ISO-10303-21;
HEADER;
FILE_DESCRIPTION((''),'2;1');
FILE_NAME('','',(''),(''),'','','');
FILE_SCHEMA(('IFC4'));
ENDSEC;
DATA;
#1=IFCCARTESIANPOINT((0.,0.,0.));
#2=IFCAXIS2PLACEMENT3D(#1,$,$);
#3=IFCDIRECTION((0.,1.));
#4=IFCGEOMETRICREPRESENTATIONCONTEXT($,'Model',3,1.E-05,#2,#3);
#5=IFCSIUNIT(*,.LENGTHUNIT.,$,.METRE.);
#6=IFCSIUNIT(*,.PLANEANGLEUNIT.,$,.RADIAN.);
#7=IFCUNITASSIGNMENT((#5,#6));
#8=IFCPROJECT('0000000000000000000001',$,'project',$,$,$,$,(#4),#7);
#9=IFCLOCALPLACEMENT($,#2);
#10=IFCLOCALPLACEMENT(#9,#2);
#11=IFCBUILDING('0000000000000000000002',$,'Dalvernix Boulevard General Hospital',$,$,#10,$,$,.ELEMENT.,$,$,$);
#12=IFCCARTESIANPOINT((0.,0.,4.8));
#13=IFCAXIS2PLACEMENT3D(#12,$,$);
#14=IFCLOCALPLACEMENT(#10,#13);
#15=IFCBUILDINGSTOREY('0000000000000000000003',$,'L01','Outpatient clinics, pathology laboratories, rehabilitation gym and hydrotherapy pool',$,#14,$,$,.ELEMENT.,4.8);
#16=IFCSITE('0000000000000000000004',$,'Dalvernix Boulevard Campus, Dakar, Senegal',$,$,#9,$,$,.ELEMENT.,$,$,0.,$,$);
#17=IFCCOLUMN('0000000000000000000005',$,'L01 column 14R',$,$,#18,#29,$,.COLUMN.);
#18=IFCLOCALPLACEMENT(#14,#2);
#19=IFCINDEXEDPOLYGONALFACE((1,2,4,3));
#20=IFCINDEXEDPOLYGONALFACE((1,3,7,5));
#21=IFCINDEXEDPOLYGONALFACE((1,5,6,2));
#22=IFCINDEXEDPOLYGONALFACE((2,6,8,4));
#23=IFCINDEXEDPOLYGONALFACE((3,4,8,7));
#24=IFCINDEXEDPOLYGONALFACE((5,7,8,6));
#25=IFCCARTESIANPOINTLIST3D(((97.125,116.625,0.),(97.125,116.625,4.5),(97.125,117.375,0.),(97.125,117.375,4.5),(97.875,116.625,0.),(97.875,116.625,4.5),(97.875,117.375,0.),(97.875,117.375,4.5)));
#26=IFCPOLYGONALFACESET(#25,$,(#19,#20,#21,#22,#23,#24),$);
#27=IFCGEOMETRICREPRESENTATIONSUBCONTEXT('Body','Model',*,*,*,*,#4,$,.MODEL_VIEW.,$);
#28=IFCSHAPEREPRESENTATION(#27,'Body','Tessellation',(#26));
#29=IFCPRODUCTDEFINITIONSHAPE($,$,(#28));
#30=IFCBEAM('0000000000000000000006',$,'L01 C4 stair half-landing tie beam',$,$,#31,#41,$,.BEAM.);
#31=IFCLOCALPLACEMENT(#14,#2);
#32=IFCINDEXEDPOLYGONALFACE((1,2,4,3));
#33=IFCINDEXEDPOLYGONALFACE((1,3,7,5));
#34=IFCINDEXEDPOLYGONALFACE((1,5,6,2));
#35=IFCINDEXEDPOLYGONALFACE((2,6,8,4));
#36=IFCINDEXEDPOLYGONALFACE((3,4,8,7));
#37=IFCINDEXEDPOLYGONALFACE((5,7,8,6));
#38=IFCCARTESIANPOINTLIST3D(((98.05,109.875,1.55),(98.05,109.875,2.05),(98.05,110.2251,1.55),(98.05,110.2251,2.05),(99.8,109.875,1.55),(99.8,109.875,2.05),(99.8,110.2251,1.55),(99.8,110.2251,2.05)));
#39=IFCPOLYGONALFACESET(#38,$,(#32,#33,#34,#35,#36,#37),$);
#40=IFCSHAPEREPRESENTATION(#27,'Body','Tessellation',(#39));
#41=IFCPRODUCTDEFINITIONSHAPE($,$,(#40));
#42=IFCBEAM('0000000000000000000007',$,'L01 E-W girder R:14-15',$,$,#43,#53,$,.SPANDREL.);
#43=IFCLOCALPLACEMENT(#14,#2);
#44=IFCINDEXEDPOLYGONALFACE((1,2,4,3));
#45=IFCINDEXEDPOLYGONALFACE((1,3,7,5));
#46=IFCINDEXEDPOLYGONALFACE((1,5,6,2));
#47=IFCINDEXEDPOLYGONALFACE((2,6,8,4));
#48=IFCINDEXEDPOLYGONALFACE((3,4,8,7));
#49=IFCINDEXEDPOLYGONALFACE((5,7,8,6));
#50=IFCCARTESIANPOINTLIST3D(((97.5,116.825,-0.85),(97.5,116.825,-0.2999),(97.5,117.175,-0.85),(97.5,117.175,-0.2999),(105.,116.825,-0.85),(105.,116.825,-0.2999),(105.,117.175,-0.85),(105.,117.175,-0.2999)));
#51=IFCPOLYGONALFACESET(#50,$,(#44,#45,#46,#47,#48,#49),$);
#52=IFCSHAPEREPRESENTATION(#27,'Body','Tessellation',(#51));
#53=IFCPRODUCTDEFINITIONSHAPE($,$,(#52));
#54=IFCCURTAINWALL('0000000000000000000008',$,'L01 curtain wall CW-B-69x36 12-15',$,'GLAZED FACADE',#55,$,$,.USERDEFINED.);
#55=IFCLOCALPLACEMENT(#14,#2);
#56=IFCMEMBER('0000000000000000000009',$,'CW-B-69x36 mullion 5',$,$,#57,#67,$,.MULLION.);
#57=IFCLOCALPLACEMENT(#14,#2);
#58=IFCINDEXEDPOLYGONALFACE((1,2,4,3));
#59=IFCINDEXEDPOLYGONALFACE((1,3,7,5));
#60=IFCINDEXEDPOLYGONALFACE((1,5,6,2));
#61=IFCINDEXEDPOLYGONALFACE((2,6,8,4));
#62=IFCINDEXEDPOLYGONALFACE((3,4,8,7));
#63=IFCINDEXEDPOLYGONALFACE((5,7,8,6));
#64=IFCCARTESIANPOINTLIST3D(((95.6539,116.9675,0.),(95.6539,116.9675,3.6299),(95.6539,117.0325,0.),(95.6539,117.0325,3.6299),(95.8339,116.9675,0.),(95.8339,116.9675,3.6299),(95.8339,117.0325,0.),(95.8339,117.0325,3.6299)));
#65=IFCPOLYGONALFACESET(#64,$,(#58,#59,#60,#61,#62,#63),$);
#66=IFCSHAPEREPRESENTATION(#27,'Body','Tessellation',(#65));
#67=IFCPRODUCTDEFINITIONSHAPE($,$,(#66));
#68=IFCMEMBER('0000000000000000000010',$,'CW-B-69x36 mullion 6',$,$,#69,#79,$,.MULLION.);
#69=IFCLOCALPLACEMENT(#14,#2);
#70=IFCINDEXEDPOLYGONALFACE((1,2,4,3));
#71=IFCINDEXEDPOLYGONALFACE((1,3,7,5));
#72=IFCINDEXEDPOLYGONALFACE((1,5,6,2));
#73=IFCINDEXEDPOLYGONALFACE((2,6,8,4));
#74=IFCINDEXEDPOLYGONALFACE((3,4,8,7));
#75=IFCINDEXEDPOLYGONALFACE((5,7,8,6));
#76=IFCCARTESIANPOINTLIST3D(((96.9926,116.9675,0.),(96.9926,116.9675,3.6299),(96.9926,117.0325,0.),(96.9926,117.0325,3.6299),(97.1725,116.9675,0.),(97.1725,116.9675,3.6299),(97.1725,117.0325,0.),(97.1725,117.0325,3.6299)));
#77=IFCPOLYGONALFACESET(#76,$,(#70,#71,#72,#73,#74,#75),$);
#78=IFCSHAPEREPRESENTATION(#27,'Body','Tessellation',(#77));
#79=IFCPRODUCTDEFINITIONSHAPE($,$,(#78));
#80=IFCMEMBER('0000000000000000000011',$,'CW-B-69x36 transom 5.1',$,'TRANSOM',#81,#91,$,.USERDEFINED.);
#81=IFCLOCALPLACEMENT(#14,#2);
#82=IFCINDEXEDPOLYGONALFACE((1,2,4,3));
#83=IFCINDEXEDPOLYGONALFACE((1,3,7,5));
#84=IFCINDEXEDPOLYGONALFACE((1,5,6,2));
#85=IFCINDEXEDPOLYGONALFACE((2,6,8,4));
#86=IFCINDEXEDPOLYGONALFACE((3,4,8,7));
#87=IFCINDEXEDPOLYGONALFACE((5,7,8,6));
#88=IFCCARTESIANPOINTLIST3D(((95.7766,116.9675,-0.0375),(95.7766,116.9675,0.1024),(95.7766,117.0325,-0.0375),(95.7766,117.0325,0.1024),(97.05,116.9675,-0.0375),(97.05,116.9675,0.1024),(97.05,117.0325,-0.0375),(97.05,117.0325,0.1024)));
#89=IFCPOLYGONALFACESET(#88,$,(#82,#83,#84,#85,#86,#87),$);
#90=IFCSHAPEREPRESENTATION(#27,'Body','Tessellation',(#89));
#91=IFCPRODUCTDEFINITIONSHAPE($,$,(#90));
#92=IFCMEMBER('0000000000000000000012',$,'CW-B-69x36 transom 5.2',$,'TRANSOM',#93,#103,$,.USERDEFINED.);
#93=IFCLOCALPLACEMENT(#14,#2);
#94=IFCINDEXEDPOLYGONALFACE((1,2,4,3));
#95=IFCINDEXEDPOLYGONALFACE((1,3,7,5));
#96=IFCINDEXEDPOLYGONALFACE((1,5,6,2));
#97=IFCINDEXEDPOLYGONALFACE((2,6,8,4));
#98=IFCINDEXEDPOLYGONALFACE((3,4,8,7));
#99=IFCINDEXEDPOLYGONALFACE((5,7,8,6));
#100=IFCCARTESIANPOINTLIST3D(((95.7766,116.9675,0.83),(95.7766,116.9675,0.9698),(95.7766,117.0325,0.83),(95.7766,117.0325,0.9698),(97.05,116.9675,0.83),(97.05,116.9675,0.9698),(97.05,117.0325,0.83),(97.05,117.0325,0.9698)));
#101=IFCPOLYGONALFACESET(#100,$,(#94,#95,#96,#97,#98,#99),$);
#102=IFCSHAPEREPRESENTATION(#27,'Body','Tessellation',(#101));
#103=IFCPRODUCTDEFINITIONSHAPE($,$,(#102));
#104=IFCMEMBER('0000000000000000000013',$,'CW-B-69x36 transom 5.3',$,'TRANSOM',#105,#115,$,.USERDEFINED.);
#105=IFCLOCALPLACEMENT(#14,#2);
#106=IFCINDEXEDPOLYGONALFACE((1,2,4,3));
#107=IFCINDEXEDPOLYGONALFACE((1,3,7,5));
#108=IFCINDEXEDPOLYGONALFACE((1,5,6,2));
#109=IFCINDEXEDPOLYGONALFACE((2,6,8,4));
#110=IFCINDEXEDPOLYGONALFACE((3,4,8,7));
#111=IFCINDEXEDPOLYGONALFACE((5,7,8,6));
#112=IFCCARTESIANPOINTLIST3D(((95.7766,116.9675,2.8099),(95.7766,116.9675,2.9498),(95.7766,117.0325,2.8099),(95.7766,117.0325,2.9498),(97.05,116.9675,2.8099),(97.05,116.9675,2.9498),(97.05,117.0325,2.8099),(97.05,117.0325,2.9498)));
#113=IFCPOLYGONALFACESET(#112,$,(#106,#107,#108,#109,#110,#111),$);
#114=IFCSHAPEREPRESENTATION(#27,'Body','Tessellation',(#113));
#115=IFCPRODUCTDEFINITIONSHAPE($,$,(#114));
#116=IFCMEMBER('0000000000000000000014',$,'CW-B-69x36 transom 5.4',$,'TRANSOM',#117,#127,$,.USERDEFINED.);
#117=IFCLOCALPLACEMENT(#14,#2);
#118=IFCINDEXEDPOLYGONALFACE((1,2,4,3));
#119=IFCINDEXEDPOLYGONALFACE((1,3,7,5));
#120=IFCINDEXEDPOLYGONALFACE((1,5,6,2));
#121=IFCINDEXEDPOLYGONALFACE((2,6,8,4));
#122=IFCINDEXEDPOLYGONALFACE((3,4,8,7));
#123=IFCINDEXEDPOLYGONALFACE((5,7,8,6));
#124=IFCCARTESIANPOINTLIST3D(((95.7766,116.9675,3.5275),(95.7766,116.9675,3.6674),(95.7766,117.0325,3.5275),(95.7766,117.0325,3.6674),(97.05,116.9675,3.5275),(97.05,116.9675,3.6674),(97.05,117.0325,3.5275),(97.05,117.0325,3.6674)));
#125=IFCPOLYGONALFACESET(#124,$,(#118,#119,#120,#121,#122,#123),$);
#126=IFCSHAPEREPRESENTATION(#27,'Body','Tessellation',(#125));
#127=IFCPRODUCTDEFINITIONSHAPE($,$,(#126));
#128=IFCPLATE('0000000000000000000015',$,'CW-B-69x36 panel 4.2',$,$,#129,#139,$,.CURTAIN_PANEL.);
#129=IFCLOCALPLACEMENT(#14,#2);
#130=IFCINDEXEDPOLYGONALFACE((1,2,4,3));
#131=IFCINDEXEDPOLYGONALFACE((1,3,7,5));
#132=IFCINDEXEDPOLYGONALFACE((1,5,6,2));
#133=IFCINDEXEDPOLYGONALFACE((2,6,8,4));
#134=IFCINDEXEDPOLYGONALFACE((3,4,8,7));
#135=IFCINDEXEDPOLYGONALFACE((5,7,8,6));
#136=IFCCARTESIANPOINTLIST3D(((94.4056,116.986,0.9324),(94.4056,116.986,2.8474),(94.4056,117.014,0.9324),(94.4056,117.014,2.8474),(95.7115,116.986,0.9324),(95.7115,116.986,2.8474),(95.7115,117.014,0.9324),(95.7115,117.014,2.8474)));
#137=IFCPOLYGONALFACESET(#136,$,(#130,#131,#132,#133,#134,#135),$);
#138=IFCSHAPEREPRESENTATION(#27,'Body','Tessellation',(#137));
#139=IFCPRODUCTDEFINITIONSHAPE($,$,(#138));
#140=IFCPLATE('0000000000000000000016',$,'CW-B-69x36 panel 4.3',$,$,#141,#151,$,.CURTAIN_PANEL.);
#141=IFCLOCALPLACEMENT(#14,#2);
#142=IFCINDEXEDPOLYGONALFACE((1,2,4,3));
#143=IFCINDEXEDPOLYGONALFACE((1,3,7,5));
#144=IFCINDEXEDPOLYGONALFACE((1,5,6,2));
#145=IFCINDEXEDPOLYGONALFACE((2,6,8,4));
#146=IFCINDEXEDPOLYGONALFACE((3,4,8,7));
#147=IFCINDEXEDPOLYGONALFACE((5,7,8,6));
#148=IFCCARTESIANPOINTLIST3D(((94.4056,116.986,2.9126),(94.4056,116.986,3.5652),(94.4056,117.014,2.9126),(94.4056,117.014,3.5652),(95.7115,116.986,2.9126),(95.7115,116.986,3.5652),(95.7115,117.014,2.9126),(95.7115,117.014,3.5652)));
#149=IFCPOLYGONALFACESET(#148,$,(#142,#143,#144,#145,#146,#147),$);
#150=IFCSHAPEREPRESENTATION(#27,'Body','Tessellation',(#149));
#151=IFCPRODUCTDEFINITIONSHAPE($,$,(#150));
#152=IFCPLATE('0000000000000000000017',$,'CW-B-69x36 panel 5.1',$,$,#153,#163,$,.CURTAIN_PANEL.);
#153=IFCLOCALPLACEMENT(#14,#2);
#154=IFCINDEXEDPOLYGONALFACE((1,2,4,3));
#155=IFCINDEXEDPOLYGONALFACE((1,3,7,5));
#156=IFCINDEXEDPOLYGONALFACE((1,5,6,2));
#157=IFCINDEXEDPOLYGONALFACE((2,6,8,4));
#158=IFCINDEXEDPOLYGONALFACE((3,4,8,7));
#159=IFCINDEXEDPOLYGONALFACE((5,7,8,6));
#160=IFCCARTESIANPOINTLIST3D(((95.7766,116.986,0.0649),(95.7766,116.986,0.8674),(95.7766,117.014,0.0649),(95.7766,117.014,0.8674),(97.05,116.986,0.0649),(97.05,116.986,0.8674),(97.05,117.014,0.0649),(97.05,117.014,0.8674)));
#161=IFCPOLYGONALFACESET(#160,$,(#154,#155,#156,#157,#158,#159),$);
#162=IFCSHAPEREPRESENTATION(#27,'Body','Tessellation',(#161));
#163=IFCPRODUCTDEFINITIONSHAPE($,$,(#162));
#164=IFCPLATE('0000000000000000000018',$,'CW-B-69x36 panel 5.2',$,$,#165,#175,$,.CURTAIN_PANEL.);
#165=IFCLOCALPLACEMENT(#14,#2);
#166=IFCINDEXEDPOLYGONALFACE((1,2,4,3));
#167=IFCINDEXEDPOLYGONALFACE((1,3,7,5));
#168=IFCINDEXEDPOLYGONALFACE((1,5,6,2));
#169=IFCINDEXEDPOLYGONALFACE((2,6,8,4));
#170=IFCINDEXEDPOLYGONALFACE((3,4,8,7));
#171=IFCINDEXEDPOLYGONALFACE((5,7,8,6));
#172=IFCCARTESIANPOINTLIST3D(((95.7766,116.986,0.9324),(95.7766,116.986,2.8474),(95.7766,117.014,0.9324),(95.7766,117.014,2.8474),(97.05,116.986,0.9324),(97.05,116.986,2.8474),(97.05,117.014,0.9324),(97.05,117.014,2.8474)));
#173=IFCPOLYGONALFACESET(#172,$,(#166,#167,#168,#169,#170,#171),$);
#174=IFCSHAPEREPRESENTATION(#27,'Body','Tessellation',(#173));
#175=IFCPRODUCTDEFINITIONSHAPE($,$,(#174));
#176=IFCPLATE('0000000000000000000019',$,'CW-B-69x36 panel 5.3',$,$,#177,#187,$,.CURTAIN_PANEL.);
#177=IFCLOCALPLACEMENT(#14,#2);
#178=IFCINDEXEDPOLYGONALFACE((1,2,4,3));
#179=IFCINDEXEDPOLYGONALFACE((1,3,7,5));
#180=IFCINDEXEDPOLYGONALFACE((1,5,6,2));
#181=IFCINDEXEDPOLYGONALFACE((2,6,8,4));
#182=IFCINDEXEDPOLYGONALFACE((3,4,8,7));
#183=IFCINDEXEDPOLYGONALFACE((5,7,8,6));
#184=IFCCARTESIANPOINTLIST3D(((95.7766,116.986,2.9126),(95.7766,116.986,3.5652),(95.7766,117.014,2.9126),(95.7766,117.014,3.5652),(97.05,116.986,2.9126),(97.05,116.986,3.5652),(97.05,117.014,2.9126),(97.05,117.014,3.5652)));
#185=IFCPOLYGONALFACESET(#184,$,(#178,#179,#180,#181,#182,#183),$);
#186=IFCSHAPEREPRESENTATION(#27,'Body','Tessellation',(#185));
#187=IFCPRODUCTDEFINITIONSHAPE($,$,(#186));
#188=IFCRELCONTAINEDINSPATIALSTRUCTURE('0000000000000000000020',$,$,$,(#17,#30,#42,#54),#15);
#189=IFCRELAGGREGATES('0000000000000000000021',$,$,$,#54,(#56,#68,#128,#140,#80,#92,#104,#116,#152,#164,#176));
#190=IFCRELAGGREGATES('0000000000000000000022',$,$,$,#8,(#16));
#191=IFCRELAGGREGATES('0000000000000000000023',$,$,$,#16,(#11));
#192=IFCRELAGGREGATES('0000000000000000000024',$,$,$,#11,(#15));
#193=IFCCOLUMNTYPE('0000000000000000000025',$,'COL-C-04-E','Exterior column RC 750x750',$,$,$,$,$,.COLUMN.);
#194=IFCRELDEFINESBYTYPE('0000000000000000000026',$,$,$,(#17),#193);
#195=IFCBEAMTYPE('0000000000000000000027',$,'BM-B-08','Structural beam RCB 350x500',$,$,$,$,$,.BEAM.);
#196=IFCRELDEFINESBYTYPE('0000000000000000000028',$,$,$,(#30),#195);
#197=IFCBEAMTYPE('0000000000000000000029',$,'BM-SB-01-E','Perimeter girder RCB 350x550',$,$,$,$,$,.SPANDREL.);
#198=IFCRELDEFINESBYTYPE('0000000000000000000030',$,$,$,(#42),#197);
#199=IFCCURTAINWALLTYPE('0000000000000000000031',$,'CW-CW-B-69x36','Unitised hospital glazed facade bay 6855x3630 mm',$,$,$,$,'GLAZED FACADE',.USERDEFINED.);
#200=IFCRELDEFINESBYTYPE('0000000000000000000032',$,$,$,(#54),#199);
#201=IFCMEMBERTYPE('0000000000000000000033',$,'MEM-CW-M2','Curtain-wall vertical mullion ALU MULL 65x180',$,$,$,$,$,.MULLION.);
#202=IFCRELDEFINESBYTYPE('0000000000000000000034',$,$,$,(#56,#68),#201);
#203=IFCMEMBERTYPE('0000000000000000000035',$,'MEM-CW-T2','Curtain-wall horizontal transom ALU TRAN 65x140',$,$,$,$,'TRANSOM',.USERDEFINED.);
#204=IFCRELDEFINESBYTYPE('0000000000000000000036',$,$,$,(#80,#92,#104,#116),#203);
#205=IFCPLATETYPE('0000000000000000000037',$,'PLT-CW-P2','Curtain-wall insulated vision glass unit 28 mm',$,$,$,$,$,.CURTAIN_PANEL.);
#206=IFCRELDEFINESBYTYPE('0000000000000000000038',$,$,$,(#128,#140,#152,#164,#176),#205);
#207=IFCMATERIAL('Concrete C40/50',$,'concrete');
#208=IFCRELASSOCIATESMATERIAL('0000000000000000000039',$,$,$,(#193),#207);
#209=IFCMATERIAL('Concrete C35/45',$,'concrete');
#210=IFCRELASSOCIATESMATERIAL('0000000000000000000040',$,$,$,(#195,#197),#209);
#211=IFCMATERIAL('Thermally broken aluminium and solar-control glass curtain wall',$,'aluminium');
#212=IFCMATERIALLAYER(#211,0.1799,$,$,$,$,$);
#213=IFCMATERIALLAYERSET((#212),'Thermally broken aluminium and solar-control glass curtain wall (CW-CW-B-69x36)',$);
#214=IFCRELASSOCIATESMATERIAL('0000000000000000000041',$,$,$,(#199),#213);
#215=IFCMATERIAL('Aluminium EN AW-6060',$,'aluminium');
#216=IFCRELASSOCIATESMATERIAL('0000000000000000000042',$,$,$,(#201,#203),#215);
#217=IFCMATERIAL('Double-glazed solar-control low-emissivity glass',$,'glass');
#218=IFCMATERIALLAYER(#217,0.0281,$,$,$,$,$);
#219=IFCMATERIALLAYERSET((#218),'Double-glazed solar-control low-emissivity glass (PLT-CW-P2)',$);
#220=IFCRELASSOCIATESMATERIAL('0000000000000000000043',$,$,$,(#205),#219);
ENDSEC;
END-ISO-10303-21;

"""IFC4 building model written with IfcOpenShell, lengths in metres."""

from ifc_helpers import new_model, si_unit, direction, frame, origin, origin_2d, place, context, subcontext, project, spatial, rectangle, extrude, material, layer, layer_set, material_profile, profile_set, type_object, element, aggregate, save


model = new_model("IFC4")

# Units and contexts
model_context = context("Model", 3, precision=1e-05, world=origin(), true_north=direction((0.0, 1.0)))
body_context = subcontext(model_context, "Body", "Model", "MODEL_VIEW")
ifc_project = project(units=[si_unit("LENGTHUNIT", "METRE"), si_unit("PLANEANGLEUNIT", "RADIAN")], contexts=[model_context])

# Site, building, storey
site_placement = place(None, origin())
site = spatial("IfcSite", under=ifc_project, at=site_placement, Name="Dalvernix Boulevard Campus, Dakar, Senegal", CompositionType="ELEMENT", RefElevation=0.0)
building_placement = place(site_placement, origin())
building = spatial("IfcBuilding", under=site, at=building_placement, Name="Dalvernix Boulevard General Hospital", CompositionType="ELEMENT")
storey_placement = place(building_placement, frame((0.0, 0.0, 4.8)))
storey = spatial("IfcBuildingStorey", under=building, at=storey_placement, Name="L01", Description="Outpatient clinics, pathology laboratories, rehabilitation gym and hydrotherapy pool", CompositionType="ELEMENT", Elevation=4.8)

# Column
ifc_material_1 = material(Name="Concrete C40/50", Category="concrete")
ifc_material_profile_1 = material_profile(ifc_material_1, rectangle(XDim=0.75, YDim=0.75, at=origin_2d()), Name="RC 750x750")
ifc_profile_set_1 = profile_set([ifc_material_profile_1], Name="Concrete C40/50")
column_type = type_object("IfcColumnType", Name="COL-C-04-E", Description="Exterior column RC 750x750", PredefinedType="COLUMN", material=ifc_profile_set_1)
column_placement = place(storey_placement, frame((97.5, 117.0, 0.0), z_axis=(0.0, 0.0, 1.0), x_axis=(1.0, 0.0, 0.0)))
element("IfcColumn", 1, at=column_placement, inside=storey, type_object=column_type, Name="L01 column 14R", PredefinedType="COLUMN", context=body_context, shape_type="SweptSolid", body=[
    extrude(rectangle(XDim=0.75, YDim=0.75, at=origin_2d()), origin(), (0.0, 0.0, 1.0), 4.5),
])

# Beams
ifc_material_2 = material(Name="Concrete C35/45", Category="concrete")
ifc_material_profile_2 = material_profile(ifc_material_2, rectangle(XDim=0.3501, YDim=0.5, at=origin_2d()), Name="RCB 350x500")
ifc_profile_set_2 = profile_set([ifc_material_profile_2], Name="Concrete C35/45")
beam_type_1 = type_object("IfcBeamType", Name="BM-B-08", Description="Structural beam RCB 350x500", PredefinedType="BEAM", material=ifc_profile_set_2)
beam_1_placement = place(storey_placement, frame((98.05, 110.05, 1.8), z_axis=(1.0, 0.0, 0.0), x_axis=(0.0, 1.0, 0.0)))
element("IfcBeam", 2, at=beam_1_placement, inside=storey, type_object=beam_type_1, Name="L01 C4 stair half-landing tie beam", PredefinedType="BEAM", context=body_context, shape_type="SweptSolid", body=[
    extrude(rectangle(XDim=0.3501, YDim=0.5, at=origin_2d()), origin(), (0.0, 0.0, 1.0), 1.75),
])
ifc_material_profile_3 = material_profile(ifc_material_2, rectangle(XDim=0.3501, YDim=0.55, at=origin_2d()), Name="RCB 350x550")
ifc_profile_set_3 = profile_set([ifc_material_profile_3], Name="Concrete C35/45")
beam_type_2 = type_object("IfcBeamType", Name="BM-SB-01-E", Description="Perimeter girder RCB 350x550", PredefinedType="SPANDREL", material=ifc_profile_set_3)
beam_2_placement = place(storey_placement, frame((97.5, 117.0, -0.575), z_axis=(1.0, 0.0, 0.0), x_axis=(0.0, 1.0, 0.0)))
element("IfcBeam", 3, at=beam_2_placement, inside=storey, type_object=beam_type_2, Name="L01 E-W girder R:14-15", PredefinedType="SPANDREL", context=body_context, shape_type="SweptSolid", body=[
    extrude(rectangle(XDim=0.3501, YDim=0.55, at=origin_2d()), origin(), (0.0, 0.0, 1.0), 7.5),
])

# Curtain wall, members, plates
ifc_material_3 = material(Name="Thermally broken aluminium and solar-control glass curtain wall", Category="aluminium")
ifc_layer_1 = layer(ifc_material_3, 0.1799)
ifc_layer_set_1 = layer_set([ifc_layer_1], Name="Thermally broken aluminium and solar-control glass curtain wall (CW-CW-B-69x36)")
curtain_wall_type = type_object("IfcCurtainWallType", Name="CW-CW-B-69x36", Description="Unitised hospital glazed facade bay 6855x3630 mm", ElementType="GLAZED FACADE", PredefinedType="USERDEFINED", material=ifc_layer_set_1)
curtain_wall_placement = place(storey_placement, origin())
curtain_wall = element("IfcCurtainWall", 4, at=curtain_wall_placement, inside=storey, type_object=curtain_wall_type, Name="L01 curtain wall CW-B-69x36 12-15", ObjectType="GLAZED FACADE", PredefinedType="USERDEFINED")
ifc_material_4 = material(Name="Aluminium EN AW-6060", Category="aluminium")
ifc_material_profile_4 = material_profile(ifc_material_4, rectangle(XDim=0.0649, YDim=0.1799, at=origin_2d()), Name="ALU MULL 65x180")
ifc_profile_set_4 = profile_set([ifc_material_profile_4], Name="Aluminium EN AW-6060")
member_type_1 = type_object("IfcMemberType", Name="MEM-CW-M2", Description="Curtain-wall vertical mullion ALU MULL 65x180", PredefinedType="MULLION", material=ifc_profile_set_4)
member_1_placement = place(storey_placement, frame((95.7439, 117.0, 0.0), z_axis=(0.0, 0.0, 1.0), x_axis=(0.0, 1.0, 0.0)))
member_1 = element("IfcMember", 5, at=member_1_placement, type_object=member_type_1, Name="CW-B-69x36 mullion 5", PredefinedType="MULLION", context=body_context, shape_type="SweptSolid", body=[
    extrude(rectangle(XDim=0.0649, YDim=0.1799, at=origin_2d()), origin(), (0.0, 0.0, 1.0), 3.6299),
])
member_2_placement = place(storey_placement, frame((97.0825, 117.0, 0.0), z_axis=(0.0, 0.0, 1.0), x_axis=(0.0, 1.0, 0.0)))
member_2 = element("IfcMember", 6, at=member_2_placement, type_object=member_type_1, Name="CW-B-69x36 mullion 6", PredefinedType="MULLION", context=body_context, shape_type="SweptSolid", body=[
    extrude(rectangle(XDim=0.0649, YDim=0.1799, at=origin_2d()), origin(), (0.0, 0.0, 1.0), 3.6299),
])
ifc_material_profile_5 = material_profile(ifc_material_4, rectangle(XDim=0.0649, YDim=0.1399, at=origin_2d()), Name="ALU TRAN 65x140")
ifc_profile_set_5 = profile_set([ifc_material_profile_5], Name="Aluminium EN AW-6060")
member_type_2 = type_object("IfcMemberType", Name="MEM-CW-T2", Description="Curtain-wall horizontal transom ALU TRAN 65x140", ElementType="TRANSOM", PredefinedType="USERDEFINED", material=ifc_profile_set_5)
member_3_placement = place(storey_placement, frame((95.7766, 117.0, 0.0325), z_axis=(1.0, 0.0, 0.0), x_axis=(0.0, 1.0, 0.0)))
member_3 = element("IfcMember", 7, at=member_3_placement, type_object=member_type_2, Name="CW-B-69x36 transom 5.1", ObjectType="TRANSOM", PredefinedType="USERDEFINED", context=body_context, shape_type="SweptSolid", body=[
    extrude(rectangle(XDim=0.0649, YDim=0.1399, at=origin_2d()), origin(), (0.0, 0.0, 1.0), 1.2734),
])
member_4_placement = place(storey_placement, frame((95.7766, 117.0, 0.8999), z_axis=(1.0, 0.0, 0.0), x_axis=(0.0, 1.0, 0.0)))
member_4 = element("IfcMember", 8, at=member_4_placement, type_object=member_type_2, Name="CW-B-69x36 transom 5.2", ObjectType="TRANSOM", PredefinedType="USERDEFINED", context=body_context, shape_type="SweptSolid", body=[
    extrude(rectangle(XDim=0.0649, YDim=0.1399, at=origin_2d()), origin(), (0.0, 0.0, 1.0), 1.2734),
])
member_5_placement = place(storey_placement, frame((95.7766, 117.0, 2.8799), z_axis=(1.0, 0.0, 0.0), x_axis=(0.0, 1.0, 0.0)))
member_5 = element("IfcMember", 9, at=member_5_placement, type_object=member_type_2, Name="CW-B-69x36 transom 5.3", ObjectType="TRANSOM", PredefinedType="USERDEFINED", context=body_context, shape_type="SweptSolid", body=[
    extrude(rectangle(XDim=0.0649, YDim=0.1399, at=origin_2d()), origin(), (0.0, 0.0, 1.0), 1.2734),
])
member_6_placement = place(storey_placement, frame((95.7766, 117.0, 3.5974), z_axis=(1.0, 0.0, 0.0), x_axis=(0.0, 1.0, 0.0)))
member_6 = element("IfcMember", 10, at=member_6_placement, type_object=member_type_2, Name="CW-B-69x36 transom 5.4", ObjectType="TRANSOM", PredefinedType="USERDEFINED", context=body_context, shape_type="SweptSolid", body=[
    extrude(rectangle(XDim=0.0649, YDim=0.1399, at=origin_2d()), origin(), (0.0, 0.0, 1.0), 1.2734),
])
ifc_material_5 = material(Name="Double-glazed solar-control low-emissivity glass", Category="glass")
ifc_layer_2 = layer(ifc_material_5, 0.0281)
ifc_layer_set_2 = layer_set([ifc_layer_2], Name="Double-glazed solar-control low-emissivity glass (PLT-CW-P2)")
plate_type = type_object("IfcPlateType", Name="PLT-CW-P2", Description="Curtain-wall insulated vision glass unit 28 mm", PredefinedType="CURTAIN_PANEL", material=ifc_layer_set_2)
plate_1_placement = place(storey_placement, frame((95.0586, 117.0, 0.9324), z_axis=(0.0, 0.0, 1.0), x_axis=(1.0, 0.0, 0.0)))
plate_1 = element("IfcPlate", 11, at=plate_1_placement, type_object=plate_type, Name="CW-B-69x36 panel 4.2", PredefinedType="CURTAIN_PANEL", context=body_context, shape_type="SweptSolid", body=[
    extrude(rectangle(XDim=1.3059, YDim=0.0281, at=origin_2d()), origin(), (0.0, 0.0, 1.0), 1.915),
])
plate_2_placement = place(storey_placement, frame((95.0586, 117.0, 2.9126), z_axis=(0.0, 0.0, 1.0), x_axis=(1.0, 0.0, 0.0)))
plate_2 = element("IfcPlate", 12, at=plate_2_placement, type_object=plate_type, Name="CW-B-69x36 panel 4.3", PredefinedType="CURTAIN_PANEL", context=body_context, shape_type="SweptSolid", body=[
    extrude(rectangle(XDim=1.3059, YDim=0.0281, at=origin_2d()), origin(), (0.0, 0.0, 1.0), 0.6526),
])
plate_3_placement = place(storey_placement, frame((96.4133, 117.0, 0.0649), z_axis=(0.0, 0.0, 1.0), x_axis=(1.0, 0.0, 0.0)))
plate_3 = element("IfcPlate", 13, at=plate_3_placement, type_object=plate_type, Name="CW-B-69x36 panel 5.1", PredefinedType="CURTAIN_PANEL", context=body_context, shape_type="SweptSolid", body=[
    extrude(rectangle(XDim=1.2734, YDim=0.0281, at=origin_2d()), origin(), (0.0, 0.0, 1.0), 0.8025),
])
plate_4_placement = place(storey_placement, frame((96.4133, 117.0, 0.9324), z_axis=(0.0, 0.0, 1.0), x_axis=(1.0, 0.0, 0.0)))
plate_4 = element("IfcPlate", 14, at=plate_4_placement, type_object=plate_type, Name="CW-B-69x36 panel 5.2", PredefinedType="CURTAIN_PANEL", context=body_context, shape_type="SweptSolid", body=[
    extrude(rectangle(XDim=1.2734, YDim=0.0281, at=origin_2d()), origin(), (0.0, 0.0, 1.0), 1.915),
])
plate_5_placement = place(storey_placement, frame((96.4133, 117.0, 2.9126), z_axis=(0.0, 0.0, 1.0), x_axis=(1.0, 0.0, 0.0)))
plate_5 = element("IfcPlate", 15, at=plate_5_placement, type_object=plate_type, Name="CW-B-69x36 panel 5.3", PredefinedType="CURTAIN_PANEL", context=body_context, shape_type="SweptSolid", body=[
    extrude(rectangle(XDim=1.2734, YDim=0.0281, at=origin_2d()), origin(), (0.0, 0.0, 1.0), 0.6526),
])
aggregate(curtain_wall, [member_1, member_2, plate_1, plate_2, member_3, member_4, member_5, member_6, plate_3, plate_4, plate_5])

save(model, "model.ifc")
